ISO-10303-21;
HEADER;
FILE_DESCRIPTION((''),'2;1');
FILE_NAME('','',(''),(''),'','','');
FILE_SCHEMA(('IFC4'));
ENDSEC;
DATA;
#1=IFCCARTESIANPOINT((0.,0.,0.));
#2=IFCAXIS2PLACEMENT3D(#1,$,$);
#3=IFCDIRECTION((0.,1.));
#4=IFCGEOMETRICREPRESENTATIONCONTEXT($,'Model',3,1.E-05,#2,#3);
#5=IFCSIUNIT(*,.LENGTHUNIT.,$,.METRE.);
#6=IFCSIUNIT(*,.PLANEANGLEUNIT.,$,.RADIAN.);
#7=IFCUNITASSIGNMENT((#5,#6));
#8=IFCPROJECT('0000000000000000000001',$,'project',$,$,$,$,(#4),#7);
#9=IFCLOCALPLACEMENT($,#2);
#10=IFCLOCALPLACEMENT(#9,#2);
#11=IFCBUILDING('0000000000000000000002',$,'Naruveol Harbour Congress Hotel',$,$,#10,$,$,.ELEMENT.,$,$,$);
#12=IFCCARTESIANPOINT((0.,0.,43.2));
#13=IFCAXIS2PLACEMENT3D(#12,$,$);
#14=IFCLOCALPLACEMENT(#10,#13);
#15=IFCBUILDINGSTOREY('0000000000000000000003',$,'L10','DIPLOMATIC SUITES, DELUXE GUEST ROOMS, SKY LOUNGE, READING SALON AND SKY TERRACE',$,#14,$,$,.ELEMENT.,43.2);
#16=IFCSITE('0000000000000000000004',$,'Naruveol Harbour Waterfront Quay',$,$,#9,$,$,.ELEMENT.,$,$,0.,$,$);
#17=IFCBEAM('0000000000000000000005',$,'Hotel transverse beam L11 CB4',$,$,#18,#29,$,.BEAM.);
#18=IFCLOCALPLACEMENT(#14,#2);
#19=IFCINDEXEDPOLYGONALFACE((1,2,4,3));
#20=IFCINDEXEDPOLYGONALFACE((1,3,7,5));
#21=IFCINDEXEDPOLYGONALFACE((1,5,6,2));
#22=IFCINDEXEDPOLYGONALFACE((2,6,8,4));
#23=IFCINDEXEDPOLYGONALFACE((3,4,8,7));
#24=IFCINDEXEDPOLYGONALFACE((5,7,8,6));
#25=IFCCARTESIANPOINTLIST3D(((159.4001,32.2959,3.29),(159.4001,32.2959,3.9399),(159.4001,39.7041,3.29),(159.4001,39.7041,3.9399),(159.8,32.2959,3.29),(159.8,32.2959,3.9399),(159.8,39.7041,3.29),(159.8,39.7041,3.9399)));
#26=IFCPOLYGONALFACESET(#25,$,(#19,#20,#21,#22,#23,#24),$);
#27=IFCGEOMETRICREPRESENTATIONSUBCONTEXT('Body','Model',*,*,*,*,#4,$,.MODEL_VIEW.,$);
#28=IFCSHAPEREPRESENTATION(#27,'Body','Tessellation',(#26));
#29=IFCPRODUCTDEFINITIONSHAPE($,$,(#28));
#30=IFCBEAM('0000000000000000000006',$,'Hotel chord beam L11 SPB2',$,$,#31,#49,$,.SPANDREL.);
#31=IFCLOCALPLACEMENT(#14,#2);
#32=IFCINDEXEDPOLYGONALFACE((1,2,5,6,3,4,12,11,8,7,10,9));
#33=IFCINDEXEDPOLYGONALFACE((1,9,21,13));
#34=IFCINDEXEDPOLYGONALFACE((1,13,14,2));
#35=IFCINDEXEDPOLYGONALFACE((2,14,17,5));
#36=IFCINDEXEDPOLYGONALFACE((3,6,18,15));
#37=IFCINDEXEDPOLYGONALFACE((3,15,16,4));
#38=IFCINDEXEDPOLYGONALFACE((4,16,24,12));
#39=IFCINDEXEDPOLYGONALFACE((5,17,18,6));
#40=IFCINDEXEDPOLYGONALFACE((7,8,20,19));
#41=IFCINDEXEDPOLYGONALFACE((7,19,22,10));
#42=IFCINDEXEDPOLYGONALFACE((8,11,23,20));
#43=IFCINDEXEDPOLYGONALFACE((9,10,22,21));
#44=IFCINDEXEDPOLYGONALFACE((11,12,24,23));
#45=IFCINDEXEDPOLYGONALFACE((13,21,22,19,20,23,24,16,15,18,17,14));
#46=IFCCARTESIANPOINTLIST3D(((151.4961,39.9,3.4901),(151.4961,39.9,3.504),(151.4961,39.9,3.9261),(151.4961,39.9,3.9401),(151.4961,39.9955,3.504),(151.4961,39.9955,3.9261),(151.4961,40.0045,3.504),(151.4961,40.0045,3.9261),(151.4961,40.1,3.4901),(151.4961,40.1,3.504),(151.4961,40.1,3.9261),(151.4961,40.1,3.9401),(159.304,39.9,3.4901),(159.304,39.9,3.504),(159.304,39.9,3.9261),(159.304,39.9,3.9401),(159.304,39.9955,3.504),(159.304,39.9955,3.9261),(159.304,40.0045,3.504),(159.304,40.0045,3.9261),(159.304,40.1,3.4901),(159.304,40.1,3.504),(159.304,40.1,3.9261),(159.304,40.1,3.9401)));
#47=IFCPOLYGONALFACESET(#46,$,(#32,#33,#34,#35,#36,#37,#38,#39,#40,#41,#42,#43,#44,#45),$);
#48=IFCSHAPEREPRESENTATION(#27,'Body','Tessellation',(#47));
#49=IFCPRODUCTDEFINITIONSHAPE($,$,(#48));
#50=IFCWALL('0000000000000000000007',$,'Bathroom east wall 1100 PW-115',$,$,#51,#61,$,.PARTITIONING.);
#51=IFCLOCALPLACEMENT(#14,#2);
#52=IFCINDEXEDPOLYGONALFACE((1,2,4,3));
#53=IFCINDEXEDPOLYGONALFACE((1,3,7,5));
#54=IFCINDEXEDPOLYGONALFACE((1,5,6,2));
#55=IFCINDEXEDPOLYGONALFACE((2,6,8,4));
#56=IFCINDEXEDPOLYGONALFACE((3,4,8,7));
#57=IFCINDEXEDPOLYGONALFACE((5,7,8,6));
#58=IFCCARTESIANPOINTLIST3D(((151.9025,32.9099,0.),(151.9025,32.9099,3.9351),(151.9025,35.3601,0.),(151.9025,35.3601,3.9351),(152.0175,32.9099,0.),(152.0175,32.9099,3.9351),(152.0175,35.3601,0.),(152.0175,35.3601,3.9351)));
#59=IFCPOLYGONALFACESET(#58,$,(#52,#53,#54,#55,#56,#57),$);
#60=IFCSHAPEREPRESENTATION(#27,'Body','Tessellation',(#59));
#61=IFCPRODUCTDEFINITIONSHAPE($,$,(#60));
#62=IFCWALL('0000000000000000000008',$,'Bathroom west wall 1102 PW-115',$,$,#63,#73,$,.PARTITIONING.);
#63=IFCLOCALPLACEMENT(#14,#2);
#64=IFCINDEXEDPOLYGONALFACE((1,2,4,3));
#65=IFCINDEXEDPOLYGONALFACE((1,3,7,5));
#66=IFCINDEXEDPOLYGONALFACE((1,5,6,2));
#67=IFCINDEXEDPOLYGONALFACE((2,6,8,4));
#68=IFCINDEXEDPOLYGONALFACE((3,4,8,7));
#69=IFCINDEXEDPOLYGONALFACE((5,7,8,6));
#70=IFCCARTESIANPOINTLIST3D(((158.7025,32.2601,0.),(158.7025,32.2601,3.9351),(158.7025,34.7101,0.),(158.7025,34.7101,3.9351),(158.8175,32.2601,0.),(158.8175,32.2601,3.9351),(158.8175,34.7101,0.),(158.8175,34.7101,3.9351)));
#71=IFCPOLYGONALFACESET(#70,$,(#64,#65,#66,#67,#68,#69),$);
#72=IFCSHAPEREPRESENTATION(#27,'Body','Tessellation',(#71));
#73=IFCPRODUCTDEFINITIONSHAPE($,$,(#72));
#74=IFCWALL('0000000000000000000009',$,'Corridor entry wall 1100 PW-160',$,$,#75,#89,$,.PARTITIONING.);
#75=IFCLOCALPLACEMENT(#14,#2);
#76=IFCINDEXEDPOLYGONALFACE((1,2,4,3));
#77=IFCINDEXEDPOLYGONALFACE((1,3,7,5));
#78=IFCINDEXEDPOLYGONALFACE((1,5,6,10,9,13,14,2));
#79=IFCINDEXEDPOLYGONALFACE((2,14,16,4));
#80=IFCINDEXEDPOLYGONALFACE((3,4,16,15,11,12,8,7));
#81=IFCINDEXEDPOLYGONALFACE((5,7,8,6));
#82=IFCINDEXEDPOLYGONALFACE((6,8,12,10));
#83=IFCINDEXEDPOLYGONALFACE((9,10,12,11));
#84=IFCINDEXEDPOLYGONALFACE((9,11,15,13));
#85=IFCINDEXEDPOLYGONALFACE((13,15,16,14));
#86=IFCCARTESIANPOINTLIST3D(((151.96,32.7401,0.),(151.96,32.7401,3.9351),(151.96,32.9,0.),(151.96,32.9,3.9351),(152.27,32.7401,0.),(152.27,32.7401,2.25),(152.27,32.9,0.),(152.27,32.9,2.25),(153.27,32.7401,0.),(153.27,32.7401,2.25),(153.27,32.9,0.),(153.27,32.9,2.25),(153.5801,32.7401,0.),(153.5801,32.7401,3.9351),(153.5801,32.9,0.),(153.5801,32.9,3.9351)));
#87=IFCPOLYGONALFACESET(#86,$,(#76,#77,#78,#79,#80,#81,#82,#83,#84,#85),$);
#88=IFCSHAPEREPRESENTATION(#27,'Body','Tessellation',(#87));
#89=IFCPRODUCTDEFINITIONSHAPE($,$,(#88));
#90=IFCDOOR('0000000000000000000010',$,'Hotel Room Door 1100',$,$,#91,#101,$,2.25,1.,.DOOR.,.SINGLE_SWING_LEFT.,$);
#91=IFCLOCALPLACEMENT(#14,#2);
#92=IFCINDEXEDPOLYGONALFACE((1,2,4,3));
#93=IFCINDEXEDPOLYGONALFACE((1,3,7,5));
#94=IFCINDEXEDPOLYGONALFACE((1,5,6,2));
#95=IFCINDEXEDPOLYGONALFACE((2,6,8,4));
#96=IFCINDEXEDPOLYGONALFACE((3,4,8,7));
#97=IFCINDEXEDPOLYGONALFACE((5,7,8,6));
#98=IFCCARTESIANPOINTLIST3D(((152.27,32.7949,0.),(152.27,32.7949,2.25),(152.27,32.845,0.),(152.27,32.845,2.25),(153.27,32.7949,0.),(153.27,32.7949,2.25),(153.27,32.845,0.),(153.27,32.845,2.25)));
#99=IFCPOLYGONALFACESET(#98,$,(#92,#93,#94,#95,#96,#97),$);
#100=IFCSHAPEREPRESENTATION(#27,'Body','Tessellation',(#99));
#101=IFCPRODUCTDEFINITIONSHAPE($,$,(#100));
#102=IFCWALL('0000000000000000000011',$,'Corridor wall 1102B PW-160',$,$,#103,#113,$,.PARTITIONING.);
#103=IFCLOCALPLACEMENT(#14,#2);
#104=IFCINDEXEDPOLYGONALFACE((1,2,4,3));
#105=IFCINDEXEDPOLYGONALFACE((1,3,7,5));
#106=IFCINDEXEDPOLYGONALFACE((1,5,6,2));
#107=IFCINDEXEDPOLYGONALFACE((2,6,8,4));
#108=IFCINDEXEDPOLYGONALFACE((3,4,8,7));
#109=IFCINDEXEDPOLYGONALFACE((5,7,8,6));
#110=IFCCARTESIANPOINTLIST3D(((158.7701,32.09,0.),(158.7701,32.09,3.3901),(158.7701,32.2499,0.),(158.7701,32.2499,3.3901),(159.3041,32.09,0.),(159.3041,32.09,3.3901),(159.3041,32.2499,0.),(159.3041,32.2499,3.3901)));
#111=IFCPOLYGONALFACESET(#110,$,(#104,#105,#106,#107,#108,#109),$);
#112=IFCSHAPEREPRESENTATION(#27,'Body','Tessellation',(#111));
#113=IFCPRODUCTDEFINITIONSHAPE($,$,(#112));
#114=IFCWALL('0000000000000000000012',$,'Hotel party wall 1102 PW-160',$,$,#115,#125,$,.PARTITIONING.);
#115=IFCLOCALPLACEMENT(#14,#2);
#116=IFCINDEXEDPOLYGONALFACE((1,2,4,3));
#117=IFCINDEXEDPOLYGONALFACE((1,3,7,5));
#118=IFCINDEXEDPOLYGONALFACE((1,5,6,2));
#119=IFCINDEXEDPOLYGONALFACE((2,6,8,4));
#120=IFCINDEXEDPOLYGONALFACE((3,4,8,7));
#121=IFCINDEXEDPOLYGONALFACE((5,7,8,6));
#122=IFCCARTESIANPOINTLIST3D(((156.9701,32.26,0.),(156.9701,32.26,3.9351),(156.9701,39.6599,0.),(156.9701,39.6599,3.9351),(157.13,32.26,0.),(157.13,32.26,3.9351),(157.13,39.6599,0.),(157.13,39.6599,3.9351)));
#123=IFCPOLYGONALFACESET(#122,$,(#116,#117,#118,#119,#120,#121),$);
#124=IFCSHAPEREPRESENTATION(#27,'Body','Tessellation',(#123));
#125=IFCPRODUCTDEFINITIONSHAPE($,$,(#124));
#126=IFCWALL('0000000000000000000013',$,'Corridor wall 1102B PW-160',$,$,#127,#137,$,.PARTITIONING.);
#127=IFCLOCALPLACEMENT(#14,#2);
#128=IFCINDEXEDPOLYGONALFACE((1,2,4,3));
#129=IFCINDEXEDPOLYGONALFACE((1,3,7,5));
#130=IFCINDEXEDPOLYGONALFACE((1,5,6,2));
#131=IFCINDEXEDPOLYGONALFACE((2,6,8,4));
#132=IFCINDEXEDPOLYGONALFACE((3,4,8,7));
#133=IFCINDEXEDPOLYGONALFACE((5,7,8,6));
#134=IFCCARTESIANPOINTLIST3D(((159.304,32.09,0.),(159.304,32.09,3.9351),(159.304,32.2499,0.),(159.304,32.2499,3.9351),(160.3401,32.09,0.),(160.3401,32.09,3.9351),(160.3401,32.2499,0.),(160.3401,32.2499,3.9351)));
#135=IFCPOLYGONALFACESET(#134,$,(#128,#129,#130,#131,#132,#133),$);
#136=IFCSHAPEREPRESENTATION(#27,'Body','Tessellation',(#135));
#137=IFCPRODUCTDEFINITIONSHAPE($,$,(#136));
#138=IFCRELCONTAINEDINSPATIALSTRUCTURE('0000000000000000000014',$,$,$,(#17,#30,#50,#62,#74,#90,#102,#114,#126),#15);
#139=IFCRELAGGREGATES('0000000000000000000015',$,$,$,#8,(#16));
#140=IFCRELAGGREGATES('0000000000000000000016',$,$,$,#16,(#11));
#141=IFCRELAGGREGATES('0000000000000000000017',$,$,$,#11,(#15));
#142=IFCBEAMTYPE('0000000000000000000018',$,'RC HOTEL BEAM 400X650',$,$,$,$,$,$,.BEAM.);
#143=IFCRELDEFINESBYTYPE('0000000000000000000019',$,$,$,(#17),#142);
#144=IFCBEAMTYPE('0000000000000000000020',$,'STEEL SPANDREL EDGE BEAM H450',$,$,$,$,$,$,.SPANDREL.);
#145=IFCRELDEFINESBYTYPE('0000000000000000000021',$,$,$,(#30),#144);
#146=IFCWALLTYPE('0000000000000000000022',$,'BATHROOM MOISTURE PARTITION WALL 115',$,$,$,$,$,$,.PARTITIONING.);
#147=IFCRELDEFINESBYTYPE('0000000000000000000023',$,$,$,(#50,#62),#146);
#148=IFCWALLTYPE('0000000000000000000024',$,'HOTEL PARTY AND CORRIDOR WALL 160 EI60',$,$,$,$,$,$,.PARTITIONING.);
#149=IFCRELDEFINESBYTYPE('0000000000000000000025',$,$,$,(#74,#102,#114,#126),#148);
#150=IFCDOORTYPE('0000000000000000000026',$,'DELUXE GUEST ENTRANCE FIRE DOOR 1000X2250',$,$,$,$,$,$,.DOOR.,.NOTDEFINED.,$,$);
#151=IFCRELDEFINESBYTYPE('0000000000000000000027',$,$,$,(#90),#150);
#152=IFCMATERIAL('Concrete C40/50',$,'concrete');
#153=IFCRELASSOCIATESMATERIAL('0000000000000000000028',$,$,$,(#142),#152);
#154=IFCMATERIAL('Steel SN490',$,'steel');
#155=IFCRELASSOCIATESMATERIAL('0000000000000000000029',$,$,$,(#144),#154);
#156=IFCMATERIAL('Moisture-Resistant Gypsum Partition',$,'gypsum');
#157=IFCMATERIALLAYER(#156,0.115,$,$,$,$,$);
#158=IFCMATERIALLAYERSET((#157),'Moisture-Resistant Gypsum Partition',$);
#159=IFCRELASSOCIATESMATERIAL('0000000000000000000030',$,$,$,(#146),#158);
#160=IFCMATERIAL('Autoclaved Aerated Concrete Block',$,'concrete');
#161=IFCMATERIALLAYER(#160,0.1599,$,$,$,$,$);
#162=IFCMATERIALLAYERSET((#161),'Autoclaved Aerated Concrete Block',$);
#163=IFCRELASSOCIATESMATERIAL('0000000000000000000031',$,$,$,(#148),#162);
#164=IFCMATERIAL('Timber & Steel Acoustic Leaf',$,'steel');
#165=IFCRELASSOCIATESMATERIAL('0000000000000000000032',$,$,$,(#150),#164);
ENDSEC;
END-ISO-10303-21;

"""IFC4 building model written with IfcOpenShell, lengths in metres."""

from ifc_helpers import new_model, si_unit, direction, frame, frame_2d, origin, origin_2d, place, context, subcontext, project, spatial, rectangle, i_section, extrude, material, layer, layer_set, material_profile, profile_set, type_object, element, fill, save


model = new_model("IFC4")

# Units and contexts
model_context = context("Model", 3, precision=1e-05, world=origin(), true_north=direction((0.0, 1.0)))
body_context = subcontext(model_context, "Body", "Model", "MODEL_VIEW")
ifc_project = project(units=[si_unit("LENGTHUNIT", "METRE"), si_unit("PLANEANGLEUNIT", "RADIAN")], contexts=[model_context])

# Site, building, storey
site_placement = place(None, origin())
site = spatial("IfcSite", under=ifc_project, at=site_placement, Name="Naruveol Harbour Waterfront Quay", CompositionType="ELEMENT", RefElevation=0.0)
building_placement = place(site_placement, origin())
building = spatial("IfcBuilding", under=site, at=building_placement, Name="Naruveol Harbour Congress Hotel", CompositionType="ELEMENT")
storey_placement = place(building_placement, frame((0.0, 0.0, 43.2)))
storey = spatial("IfcBuildingStorey", under=building, at=storey_placement, Name="L10", Description="DIPLOMATIC SUITES, DELUXE GUEST ROOMS, SKY LOUNGE, READING SALON AND SKY TERRACE", CompositionType="ELEMENT", Elevation=43.2)

# Beams
ifc_material_1 = material(Name="Concrete C40/50", Category="concrete")
ifc_material_profile_1 = material_profile(ifc_material_1, rectangle(XDim=0.3999, YDim=0.6499, at=origin_2d()), Name="RCB-400x650")
ifc_profile_set_1 = profile_set([ifc_material_profile_1], Name="Concrete C40/50")
beam_type_1 = type_object("IfcBeamType", Name="RC HOTEL BEAM 400X650", PredefinedType="BEAM", material=ifc_profile_set_1)
beam_1_placement = place(storey_placement, frame((159.6001, 32.2959, 3.615), z_axis=(0.0, 1.0, 0.0), x_axis=(-1.0, 0.0, 0.0)))
element("IfcBeam", 1, at=beam_1_placement, inside=storey, type_object=beam_type_1, Name="Hotel transverse beam L11 CB4", PredefinedType="BEAM", context=body_context, shape_type="SweptSolid", body=[
    extrude(rectangle(XDim=0.3999, YDim=0.6499, at=origin_2d()), origin(), (0.0, 0.0, 1.0), 7.4082),
])
ifc_material_2 = material(Name="Steel SN490", Category="steel")
ifc_material_profile_2 = material_profile(ifc_material_2, i_section(OverallWidth=0.2, OverallDepth=0.45, WebThickness=0.009, FlangeThickness=0.0139, at=origin_2d()), Name="H-450x200x9x14")
ifc_profile_set_2 = profile_set([ifc_material_profile_2], Name="Steel SN490")
beam_type_2 = type_object("IfcBeamType", Name="STEEL SPANDREL EDGE BEAM H450", PredefinedType="SPANDREL", material=ifc_profile_set_2)
beam_2_placement = place(storey_placement, frame((151.4961, 40.0, 3.7151), z_axis=(1.0, 0.0, 0.0), x_axis=(0.0, 1.0, 0.0)))
element("IfcBeam", 2, at=beam_2_placement, inside=storey, type_object=beam_type_2, Name="Hotel chord beam L11 SPB2", PredefinedType="SPANDREL", context=body_context, shape_type="SweptSolid", body=[
    extrude(i_section(OverallWidth=0.2, OverallDepth=0.45, WebThickness=0.009, FlangeThickness=0.0139, at=origin_2d()), origin(), (0.0, 0.0, 1.0), 7.8079),
])

# Wall
ifc_material_3 = material(Name="Moisture-Resistant Gypsum Partition", Category="gypsum")
ifc_layer_1 = layer(ifc_material_3, 0.115)
ifc_layer_set_1 = layer_set([ifc_layer_1], Name="Moisture-Resistant Gypsum Partition")
wall_type_1 = type_object("IfcWallType", Name="BATHROOM MOISTURE PARTITION WALL 115", PredefinedType="PARTITIONING", material=ifc_layer_set_1)
wall_1_placement = place(storey_placement, frame((151.96, 32.9099, 0.0), z_axis=(0.0, 0.0, 1.0), x_axis=(0.0, 1.0, 0.0)))
element("IfcWall", 3, at=wall_1_placement, inside=storey, type_object=wall_type_1, Name="Bathroom east wall 1100 PW-115", PredefinedType="PARTITIONING", context=body_context, shape_type="SweptSolid", body=[
    extrude(rectangle(XDim=2.4502, YDim=0.115, at=frame_2d((1.2251, 0.0))), origin(), (0.0, 0.0, 1.0), 3.9351),
])

# Wall
wall_2_placement = place(storey_placement, frame((158.76, 32.26, 0.0), z_axis=(0.0, 0.0, 1.0), x_axis=(0.0, 1.0, 0.0)))
element("IfcWall", 4, at=wall_2_placement, inside=storey, type_object=wall_type_1, Name="Bathroom west wall 1102 PW-115", PredefinedType="PARTITIONING", context=body_context, shape_type="SweptSolid", body=[
    extrude(rectangle(XDim=2.45, YDim=0.115, at=frame_2d((1.2251, 0.0))), origin(), (0.0, 0.0, 1.0), 3.9351),
])

# Wall, opening, door
ifc_material_4 = material(Name="Autoclaved Aerated Concrete Block", Category="concrete")
ifc_layer_2 = layer(ifc_material_4, 0.1599)
ifc_layer_set_2 = layer_set([ifc_layer_2], Name="Autoclaved Aerated Concrete Block")
wall_type_2 = type_object("IfcWallType", Name="HOTEL PARTY AND CORRIDOR WALL 160 EI60", PredefinedType="PARTITIONING", material=ifc_layer_set_2)
wall_3_placement = place(storey_placement, frame((151.96, 32.8201, 0.0), z_axis=(0.0, 0.0, 1.0), x_axis=(1.0, 0.0, 0.0)))
wall_3 = element("IfcWall", 5, at=wall_3_placement, inside=storey, type_object=wall_type_2, Name="Corridor entry wall 1100 PW-160", PredefinedType="PARTITIONING", context=body_context, shape_type="SweptSolid", body=[
    extrude(rectangle(XDim=1.6201, YDim=0.1599, at=frame_2d((0.8101, 0.0))), origin(), (0.0, 0.0, 1.0), 3.9351),
])
opening_1_placement = place(wall_3_placement, frame((0.3101, 0.0, 0.0)))
opening_1 = element("IfcOpeningElement", 6, at=opening_1_placement, cuts=wall_3, PredefinedType="OPENING", context=body_context, shape_type="SweptSolid", body=[
    extrude(rectangle(XDim=1.0, YDim=2.25, at=frame_2d((0.5, 1.125))), frame((0.0, 0.0898, 0.0), z_axis=(0.0, -1.0, 0.0), x_axis=(1.0, 0.0, 0.0)), (0.0, 0.0, 1.0), 0.1799),
])
ifc_material_5 = material(Name="Timber & Steel Acoustic Leaf", Category="steel")
door_type_1 = type_object("IfcDoorType", Name="DELUXE GUEST ENTRANCE FIRE DOOR 1000X2250", OperationType="NOTDEFINED", PredefinedType="DOOR", material=ifc_material_5)
door_1_placement = place(opening_1_placement, origin())
door_1 = element("IfcDoor", 7, at=door_1_placement, inside=storey, type_object=door_type_1, Name="Hotel Room Door 1100", OperationType="SINGLE_SWING_LEFT", OverallHeight=2.25, OverallWidth=1.0, PredefinedType="DOOR", context=body_context, shape_type="SweptSolid", body=[
    extrude(rectangle(XDim=1.0, YDim=2.25, at=frame_2d((0.5, 1.125))), frame((0.0, 0.0249, 0.0), z_axis=(0.0, -1.0, 0.0), x_axis=(1.0, 0.0, 0.0)), (0.0, 0.0, 1.0), 0.05),
])
fill(opening_1, door_1)

# Walls
wall_4_placement = place(storey_placement, frame((158.77, 32.1699, 0.0), z_axis=(0.0, 0.0, 1.0), x_axis=(1.0, 0.0, 0.0)))
element("IfcWall", 8, at=wall_4_placement, inside=storey, type_object=wall_type_2, Name="Corridor wall 1102B PW-160", PredefinedType="PARTITIONING", context=body_context, shape_type="SweptSolid", body=[
    extrude(rectangle(XDim=0.5339, YDim=0.1599, at=frame_2d((0.2671, 0.0))), origin(), (0.0, 0.0, 1.0), 3.3901),
])
wall_5_placement = place(storey_placement, frame((157.05, 32.26, 0.0), z_axis=(0.0, 0.0, 1.0), x_axis=(0.0, 1.0, 0.0)))
element("IfcWall", 9, at=wall_5_placement, inside=storey, type_object=wall_type_2, Name="Hotel party wall 1102 PW-160", PredefinedType="PARTITIONING", context=body_context, shape_type="SweptSolid", body=[
    extrude(rectangle(XDim=7.3999, YDim=0.1599, at=frame_2d((3.7, 0.0))), origin(), (0.0, 0.0, 1.0), 3.9351),
])
wall_6_placement = place(storey_placement, frame((159.304, 32.1699, 0.0), z_axis=(0.0, 0.0, 1.0), x_axis=(1.0, 0.0, 0.0)))
element("IfcWall", 10, at=wall_6_placement, inside=storey, type_object=wall_type_2, Name="Corridor wall 1102B PW-160", PredefinedType="PARTITIONING", context=body_context, shape_type="SweptSolid", body=[
    extrude(rectangle(XDim=1.0361, YDim=0.1599, at=frame_2d((0.5181, 0.0))), origin(), (0.0, 0.0, 1.0), 3.9351),
])

save(model, "model.ifc")
